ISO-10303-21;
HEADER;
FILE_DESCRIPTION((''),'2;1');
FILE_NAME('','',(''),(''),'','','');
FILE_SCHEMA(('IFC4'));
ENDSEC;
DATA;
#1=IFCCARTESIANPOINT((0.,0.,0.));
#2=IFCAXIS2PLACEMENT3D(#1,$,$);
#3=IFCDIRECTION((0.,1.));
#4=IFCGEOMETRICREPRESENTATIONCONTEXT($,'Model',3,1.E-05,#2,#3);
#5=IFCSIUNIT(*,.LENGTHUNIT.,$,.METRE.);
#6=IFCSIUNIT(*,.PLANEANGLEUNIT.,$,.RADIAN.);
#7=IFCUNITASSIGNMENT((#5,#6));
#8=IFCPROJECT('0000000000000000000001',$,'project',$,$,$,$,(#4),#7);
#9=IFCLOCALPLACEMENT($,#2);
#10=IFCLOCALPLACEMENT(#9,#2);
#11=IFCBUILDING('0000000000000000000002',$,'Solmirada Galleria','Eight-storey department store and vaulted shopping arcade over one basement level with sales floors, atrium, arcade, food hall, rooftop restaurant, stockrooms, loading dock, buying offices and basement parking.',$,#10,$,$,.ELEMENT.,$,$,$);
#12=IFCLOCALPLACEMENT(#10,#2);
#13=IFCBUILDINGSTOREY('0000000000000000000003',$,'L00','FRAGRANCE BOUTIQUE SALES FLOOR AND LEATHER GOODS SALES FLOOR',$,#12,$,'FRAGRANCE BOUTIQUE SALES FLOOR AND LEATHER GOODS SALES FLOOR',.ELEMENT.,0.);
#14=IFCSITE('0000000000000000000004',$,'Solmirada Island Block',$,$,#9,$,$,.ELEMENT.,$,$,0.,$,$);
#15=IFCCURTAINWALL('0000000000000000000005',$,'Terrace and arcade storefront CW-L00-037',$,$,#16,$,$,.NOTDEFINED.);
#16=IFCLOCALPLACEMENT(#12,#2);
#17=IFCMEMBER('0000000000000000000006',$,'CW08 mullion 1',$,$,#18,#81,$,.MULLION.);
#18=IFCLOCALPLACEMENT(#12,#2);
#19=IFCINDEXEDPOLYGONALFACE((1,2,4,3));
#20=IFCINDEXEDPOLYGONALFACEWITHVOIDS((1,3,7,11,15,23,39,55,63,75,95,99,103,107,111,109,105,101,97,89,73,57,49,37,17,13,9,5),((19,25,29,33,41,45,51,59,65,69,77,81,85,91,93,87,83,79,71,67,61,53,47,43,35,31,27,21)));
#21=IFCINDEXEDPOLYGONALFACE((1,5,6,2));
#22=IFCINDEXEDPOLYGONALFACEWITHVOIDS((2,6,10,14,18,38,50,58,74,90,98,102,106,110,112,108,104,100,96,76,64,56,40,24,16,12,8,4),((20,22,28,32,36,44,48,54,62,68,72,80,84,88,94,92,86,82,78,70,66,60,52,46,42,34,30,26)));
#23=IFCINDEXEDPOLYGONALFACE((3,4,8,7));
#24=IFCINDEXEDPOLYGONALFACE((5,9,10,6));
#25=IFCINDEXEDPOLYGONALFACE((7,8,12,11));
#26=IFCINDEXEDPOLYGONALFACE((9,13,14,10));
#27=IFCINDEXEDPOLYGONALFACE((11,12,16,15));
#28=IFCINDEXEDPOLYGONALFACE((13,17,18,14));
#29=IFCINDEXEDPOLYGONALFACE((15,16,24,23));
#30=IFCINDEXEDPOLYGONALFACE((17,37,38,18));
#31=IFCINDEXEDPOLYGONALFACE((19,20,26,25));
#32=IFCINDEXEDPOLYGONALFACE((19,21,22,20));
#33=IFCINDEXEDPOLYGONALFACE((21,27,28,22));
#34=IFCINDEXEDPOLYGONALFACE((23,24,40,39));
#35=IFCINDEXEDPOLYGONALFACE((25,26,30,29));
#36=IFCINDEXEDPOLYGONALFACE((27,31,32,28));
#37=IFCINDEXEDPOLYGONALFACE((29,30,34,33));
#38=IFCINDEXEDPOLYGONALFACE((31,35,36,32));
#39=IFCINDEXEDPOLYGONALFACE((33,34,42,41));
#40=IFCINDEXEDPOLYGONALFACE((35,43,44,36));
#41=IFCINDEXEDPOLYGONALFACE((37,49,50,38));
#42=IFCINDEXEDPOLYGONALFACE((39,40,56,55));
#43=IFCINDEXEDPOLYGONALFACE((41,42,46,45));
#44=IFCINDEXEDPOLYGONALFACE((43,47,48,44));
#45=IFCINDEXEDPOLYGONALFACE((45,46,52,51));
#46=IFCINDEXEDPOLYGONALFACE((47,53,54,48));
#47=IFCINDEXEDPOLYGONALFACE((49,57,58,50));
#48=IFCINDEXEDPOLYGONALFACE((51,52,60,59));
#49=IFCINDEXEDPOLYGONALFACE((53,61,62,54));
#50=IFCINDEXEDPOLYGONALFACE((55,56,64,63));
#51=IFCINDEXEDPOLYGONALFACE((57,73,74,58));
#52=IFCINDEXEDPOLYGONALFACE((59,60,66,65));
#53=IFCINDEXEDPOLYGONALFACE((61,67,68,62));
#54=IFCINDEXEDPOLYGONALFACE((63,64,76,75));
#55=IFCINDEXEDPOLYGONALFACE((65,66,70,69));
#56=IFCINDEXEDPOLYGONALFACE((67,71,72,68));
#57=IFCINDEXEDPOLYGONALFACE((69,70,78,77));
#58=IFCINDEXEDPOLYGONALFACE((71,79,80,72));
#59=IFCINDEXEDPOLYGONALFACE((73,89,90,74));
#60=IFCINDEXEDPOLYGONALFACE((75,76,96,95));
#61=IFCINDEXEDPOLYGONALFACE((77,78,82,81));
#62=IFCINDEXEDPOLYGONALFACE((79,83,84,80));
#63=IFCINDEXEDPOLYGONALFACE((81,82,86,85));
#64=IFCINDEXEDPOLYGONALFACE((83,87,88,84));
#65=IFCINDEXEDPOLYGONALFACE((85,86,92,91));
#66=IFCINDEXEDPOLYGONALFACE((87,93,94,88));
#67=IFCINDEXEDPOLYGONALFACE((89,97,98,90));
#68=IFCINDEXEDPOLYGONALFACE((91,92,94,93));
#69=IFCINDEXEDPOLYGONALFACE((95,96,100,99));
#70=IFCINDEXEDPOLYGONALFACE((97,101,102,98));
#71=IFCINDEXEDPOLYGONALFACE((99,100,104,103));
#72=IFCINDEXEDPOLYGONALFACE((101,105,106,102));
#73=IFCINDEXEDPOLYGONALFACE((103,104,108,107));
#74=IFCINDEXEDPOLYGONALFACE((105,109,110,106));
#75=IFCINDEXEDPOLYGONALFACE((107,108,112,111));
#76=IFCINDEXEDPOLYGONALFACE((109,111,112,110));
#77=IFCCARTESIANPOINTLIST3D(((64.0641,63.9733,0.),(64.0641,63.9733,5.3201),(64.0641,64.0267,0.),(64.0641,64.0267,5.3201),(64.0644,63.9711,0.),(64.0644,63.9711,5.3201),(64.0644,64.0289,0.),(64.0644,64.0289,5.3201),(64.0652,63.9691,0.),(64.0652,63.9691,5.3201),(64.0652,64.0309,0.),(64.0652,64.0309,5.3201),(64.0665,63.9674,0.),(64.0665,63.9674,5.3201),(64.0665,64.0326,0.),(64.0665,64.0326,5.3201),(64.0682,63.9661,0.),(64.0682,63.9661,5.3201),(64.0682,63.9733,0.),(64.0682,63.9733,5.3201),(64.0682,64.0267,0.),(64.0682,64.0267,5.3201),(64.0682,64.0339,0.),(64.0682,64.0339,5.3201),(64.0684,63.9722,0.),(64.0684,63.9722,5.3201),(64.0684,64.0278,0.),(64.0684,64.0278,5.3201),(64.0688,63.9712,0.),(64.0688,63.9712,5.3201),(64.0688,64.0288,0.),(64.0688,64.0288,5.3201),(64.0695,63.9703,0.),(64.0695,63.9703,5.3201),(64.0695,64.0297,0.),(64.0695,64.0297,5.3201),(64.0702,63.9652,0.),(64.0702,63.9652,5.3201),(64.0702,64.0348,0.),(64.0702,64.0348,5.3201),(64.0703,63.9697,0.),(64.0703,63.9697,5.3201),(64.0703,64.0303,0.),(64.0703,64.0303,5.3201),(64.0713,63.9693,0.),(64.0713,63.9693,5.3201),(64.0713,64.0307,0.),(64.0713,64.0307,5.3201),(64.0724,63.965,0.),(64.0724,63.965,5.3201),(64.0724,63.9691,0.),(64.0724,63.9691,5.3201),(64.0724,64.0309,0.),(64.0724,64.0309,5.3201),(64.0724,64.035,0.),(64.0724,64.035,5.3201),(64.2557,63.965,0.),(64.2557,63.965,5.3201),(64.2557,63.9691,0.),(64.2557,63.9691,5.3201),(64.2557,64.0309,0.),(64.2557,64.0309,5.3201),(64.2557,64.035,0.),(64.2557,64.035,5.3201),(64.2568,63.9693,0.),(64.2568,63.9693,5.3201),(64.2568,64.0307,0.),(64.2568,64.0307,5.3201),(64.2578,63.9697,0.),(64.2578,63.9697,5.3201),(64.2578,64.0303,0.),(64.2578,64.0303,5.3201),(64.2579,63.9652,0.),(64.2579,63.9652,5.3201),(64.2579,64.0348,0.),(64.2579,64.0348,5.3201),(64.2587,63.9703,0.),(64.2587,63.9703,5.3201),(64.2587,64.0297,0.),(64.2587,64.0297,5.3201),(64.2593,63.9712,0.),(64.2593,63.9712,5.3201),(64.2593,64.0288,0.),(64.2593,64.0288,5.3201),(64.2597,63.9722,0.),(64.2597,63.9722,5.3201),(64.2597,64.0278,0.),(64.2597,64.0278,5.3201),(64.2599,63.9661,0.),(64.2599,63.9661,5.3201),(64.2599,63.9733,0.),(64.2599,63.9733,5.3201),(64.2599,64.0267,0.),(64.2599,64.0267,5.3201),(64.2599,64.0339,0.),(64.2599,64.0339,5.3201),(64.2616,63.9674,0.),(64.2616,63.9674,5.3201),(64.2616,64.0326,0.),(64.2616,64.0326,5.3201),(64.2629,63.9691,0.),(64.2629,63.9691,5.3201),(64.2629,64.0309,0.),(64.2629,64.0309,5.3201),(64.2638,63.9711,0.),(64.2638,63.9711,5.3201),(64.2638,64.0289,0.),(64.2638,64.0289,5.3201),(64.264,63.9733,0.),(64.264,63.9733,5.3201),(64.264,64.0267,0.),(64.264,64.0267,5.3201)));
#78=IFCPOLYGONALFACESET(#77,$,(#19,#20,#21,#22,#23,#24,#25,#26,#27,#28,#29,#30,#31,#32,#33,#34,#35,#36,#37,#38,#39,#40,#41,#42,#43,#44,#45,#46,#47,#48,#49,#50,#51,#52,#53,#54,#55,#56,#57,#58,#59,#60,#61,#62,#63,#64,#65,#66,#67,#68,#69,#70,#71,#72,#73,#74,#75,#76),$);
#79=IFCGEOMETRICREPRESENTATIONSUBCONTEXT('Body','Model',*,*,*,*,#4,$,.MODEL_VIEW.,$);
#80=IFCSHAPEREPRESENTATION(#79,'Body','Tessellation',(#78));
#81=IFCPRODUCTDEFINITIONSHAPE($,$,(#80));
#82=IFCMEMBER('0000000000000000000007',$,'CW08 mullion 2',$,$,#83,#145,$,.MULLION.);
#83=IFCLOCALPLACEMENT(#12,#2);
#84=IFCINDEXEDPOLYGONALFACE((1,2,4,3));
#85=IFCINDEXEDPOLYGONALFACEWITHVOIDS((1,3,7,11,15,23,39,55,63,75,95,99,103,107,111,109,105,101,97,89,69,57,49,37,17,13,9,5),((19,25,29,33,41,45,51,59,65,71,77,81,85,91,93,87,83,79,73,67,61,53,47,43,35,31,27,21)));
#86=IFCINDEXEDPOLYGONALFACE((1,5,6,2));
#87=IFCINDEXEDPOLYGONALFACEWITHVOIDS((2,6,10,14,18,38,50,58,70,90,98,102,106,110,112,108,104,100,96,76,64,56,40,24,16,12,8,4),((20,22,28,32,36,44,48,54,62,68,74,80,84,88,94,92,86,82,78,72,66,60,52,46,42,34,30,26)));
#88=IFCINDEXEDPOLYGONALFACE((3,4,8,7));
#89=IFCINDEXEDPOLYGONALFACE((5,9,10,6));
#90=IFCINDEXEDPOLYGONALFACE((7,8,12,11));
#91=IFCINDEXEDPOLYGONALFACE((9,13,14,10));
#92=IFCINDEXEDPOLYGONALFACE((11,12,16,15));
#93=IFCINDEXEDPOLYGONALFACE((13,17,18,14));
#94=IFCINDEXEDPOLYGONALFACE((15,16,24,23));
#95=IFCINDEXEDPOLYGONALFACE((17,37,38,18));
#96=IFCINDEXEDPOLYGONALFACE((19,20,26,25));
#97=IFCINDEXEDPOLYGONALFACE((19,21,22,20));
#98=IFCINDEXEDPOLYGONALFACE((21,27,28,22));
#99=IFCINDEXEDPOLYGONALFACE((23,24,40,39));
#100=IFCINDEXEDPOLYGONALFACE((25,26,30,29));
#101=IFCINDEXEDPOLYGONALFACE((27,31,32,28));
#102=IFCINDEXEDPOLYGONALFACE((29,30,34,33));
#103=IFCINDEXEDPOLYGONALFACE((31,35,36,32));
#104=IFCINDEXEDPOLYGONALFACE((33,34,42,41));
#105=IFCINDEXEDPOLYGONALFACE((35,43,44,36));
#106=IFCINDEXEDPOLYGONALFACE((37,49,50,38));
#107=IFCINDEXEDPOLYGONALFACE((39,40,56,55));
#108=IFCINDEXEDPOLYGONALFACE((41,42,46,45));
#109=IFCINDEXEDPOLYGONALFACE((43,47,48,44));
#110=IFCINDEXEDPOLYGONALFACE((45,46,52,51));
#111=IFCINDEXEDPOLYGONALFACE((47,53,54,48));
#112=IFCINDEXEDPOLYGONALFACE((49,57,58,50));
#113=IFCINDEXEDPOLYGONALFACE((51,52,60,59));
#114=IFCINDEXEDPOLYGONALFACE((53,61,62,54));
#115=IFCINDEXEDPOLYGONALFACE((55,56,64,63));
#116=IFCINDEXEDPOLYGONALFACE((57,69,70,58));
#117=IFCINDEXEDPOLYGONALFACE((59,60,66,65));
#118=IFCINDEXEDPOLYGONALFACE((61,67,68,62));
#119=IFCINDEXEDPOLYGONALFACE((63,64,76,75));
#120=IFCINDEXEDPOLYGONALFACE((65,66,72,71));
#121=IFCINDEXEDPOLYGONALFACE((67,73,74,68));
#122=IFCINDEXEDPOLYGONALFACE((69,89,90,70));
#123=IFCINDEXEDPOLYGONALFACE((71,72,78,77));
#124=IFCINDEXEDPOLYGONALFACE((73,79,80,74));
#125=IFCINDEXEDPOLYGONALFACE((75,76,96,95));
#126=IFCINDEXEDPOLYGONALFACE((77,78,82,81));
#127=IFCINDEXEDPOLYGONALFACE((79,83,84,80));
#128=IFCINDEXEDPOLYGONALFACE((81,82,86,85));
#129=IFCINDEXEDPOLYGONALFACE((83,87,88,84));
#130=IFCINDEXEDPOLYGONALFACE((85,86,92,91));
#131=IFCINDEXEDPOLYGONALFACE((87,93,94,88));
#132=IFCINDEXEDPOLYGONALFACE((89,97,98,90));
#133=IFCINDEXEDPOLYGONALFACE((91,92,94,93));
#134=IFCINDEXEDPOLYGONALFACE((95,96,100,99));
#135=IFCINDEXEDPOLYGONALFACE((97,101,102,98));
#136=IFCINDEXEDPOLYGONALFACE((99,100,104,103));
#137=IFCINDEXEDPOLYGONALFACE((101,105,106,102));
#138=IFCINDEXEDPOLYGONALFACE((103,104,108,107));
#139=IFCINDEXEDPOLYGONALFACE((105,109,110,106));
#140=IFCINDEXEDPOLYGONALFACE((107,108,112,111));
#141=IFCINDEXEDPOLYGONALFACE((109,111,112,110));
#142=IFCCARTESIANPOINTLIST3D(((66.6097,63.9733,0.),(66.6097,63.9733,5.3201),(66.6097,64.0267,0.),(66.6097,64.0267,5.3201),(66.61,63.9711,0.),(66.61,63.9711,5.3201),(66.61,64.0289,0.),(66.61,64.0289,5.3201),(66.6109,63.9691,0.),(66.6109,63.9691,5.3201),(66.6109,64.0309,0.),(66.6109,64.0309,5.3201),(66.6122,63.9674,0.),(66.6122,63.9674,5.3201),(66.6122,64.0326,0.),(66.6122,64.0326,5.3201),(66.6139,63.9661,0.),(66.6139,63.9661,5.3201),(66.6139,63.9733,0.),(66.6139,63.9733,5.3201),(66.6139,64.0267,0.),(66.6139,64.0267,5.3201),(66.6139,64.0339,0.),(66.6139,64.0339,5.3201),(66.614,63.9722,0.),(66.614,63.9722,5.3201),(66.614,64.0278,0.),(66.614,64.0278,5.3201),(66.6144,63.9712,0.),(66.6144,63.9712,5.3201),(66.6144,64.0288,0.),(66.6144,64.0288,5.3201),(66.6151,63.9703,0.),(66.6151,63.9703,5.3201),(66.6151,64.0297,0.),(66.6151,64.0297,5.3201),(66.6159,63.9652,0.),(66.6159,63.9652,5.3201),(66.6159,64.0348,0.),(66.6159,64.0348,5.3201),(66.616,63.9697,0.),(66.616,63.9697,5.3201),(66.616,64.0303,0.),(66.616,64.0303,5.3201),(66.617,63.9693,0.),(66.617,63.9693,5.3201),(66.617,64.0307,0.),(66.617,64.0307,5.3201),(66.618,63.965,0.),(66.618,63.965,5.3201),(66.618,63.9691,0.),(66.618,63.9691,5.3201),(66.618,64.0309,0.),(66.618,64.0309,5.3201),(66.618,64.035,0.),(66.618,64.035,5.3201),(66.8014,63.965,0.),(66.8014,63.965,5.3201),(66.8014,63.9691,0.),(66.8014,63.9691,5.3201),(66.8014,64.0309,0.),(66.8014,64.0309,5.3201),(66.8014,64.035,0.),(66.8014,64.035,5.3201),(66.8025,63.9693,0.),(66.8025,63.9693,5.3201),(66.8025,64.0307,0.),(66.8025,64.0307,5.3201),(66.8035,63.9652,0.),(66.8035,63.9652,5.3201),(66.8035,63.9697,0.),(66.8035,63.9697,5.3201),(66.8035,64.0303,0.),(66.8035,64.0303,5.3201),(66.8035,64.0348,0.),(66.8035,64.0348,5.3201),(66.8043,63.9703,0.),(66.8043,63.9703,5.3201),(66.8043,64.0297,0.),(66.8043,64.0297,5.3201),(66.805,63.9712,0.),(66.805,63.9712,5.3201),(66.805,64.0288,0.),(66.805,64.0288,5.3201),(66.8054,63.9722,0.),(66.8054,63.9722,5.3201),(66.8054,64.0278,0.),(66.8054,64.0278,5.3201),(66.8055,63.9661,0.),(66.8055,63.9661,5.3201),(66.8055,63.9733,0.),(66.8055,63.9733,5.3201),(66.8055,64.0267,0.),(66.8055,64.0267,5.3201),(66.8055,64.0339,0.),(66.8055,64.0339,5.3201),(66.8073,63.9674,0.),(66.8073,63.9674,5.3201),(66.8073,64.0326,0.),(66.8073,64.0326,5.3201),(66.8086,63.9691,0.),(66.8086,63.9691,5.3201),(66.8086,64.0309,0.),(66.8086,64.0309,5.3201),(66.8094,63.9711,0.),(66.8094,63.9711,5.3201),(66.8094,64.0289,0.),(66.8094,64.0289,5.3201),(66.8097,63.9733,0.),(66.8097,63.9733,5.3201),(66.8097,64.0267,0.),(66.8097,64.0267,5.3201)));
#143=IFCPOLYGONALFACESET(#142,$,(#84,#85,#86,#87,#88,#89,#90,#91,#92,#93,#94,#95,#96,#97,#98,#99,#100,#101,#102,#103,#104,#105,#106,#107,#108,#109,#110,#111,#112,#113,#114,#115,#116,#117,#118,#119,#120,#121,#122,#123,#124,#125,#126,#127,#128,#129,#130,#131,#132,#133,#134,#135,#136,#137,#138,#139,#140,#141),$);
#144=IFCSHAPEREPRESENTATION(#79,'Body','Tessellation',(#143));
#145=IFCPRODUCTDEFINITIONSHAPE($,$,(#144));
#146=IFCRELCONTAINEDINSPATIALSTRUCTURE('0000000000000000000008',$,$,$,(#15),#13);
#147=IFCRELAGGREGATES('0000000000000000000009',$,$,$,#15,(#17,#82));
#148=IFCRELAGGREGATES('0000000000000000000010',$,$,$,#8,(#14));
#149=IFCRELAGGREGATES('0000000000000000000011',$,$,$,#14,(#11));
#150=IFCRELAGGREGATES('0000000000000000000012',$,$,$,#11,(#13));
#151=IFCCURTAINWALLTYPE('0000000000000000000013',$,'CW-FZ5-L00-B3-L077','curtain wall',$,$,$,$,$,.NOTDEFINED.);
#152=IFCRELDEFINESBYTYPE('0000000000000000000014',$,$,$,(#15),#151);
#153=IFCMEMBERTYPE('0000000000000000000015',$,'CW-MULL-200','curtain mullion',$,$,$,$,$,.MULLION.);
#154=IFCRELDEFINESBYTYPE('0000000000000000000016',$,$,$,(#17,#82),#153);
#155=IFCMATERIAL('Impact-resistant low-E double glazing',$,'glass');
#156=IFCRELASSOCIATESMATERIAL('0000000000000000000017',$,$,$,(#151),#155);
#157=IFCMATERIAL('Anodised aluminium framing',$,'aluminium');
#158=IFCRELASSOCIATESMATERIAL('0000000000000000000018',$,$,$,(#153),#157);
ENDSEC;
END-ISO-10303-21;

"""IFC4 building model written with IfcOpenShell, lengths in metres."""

from ifc_helpers import new_model, si_unit, direction, frame, origin, origin_2d, place, context, subcontext, project, spatial, hollow_rectangle, extrude, material, material_profile, profile_set, type_object, element, aggregate, save


model = new_model("IFC4")

# Units and contexts
model_context = context("Model", 3, precision=1e-05, world=origin(), true_north=direction((0.0, 1.0)))
body_context = subcontext(model_context, "Body", "Model", "MODEL_VIEW")
ifc_project = project(units=[si_unit("LENGTHUNIT", "METRE"), si_unit("PLANEANGLEUNIT", "RADIAN")], contexts=[model_context])

# Site, building, storey
site_placement = place(None, origin())
site = spatial("IfcSite", under=ifc_project, at=site_placement, Name="Solmirada Island Block", CompositionType="ELEMENT", RefElevation=0.0)
building_placement = place(site_placement, origin())
building = spatial("IfcBuilding", under=site, at=building_placement, Name="Solmirada Galleria", Description="Eight-storey department store and vaulted shopping arcade over one basement level with sales floors, atrium, arcade, food hall, rooftop restaurant, stockrooms, loading dock, buying offices and basement parking.", CompositionType="ELEMENT")
storey_placement = place(building_placement, origin())
storey = spatial("IfcBuildingStorey", under=building, at=storey_placement, Name="L00", Description="FRAGRANCE BOUTIQUE SALES FLOOR AND LEATHER GOODS SALES FLOOR", LongName="FRAGRANCE BOUTIQUE SALES FLOOR AND LEATHER GOODS SALES FLOOR", CompositionType="ELEMENT", Elevation=0.0)

# Curtain wall, members
ifc_material_1 = material(Name="Impact-resistant low-E double glazing", Category="glass")
curtain_wall_type = type_object("IfcCurtainWallType", Name="CW-FZ5-L00-B3-L077", Description="curtain wall", PredefinedType="NOTDEFINED", material=ifc_material_1)
ifc_material_2 = material(Name="Anodised aluminium framing", Category="aluminium")
ifc_material_profile_1 = material_profile(ifc_material_2, hollow_rectangle(XDim=0.0701, YDim=0.2, WallThickness=0.0042, InnerFilletRadius=0.0042, OuterFilletRadius=0.0083, at=origin_2d()), Name="ALU-MULL-200X70")
ifc_profile_set_1 = profile_set([ifc_material_profile_1], Name="Anodised aluminium framing")
member_type_1 = type_object("IfcMemberType", Name="CW-MULL-200", Description="curtain mullion", PredefinedType="MULLION", material=ifc_profile_set_1)
curtain_wall_1_placement = place(storey_placement, origin())
curtain_wall_1 = element("IfcCurtainWall", 1, at=curtain_wall_1_placement, inside=storey, type_object=curtain_wall_type, Name="Terrace and arcade storefront CW-L00-037", PredefinedType="NOTDEFINED")
member_1_placement = place(storey_placement, frame((64.1641, 64.0, 0.0), z_axis=(0.0, 0.0, 1.0), x_axis=(0.0, 1.0, 0.0)))
member_1 = element("IfcMember", 2, at=member_1_placement, type_object=member_type_1, Name="CW08 mullion 1", PredefinedType="MULLION", context=body_context, shape_type="SweptSolid", body=[
    extrude(hollow_rectangle(XDim=0.0701, YDim=0.2, WallThickness=0.0042, InnerFilletRadius=0.0042, OuterFilletRadius=0.0083, at=origin_2d()), origin(), (0.0, 0.0, 1.0), 5.3201),
])
member_2_placement = place(storey_placement, frame((66.7097, 64.0, 0.0), z_axis=(0.0, 0.0, 1.0), x_axis=(0.0, 1.0, 0.0)))
member_2 = element("IfcMember", 3, at=member_2_placement, type_object=member_type_1, Name="CW08 mullion 2", PredefinedType="MULLION", context=body_context, shape_type="SweptSolid", body=[
    extrude(hollow_rectangle(XDim=0.0701, YDim=0.2, WallThickness=0.0042, InnerFilletRadius=0.0042, OuterFilletRadius=0.0083, at=origin_2d()), origin(), (0.0, 0.0, 1.0), 5.3201),
])

aggregate(curtain_wall_1, [member_1, member_2])

save(model, "model.ifc")
